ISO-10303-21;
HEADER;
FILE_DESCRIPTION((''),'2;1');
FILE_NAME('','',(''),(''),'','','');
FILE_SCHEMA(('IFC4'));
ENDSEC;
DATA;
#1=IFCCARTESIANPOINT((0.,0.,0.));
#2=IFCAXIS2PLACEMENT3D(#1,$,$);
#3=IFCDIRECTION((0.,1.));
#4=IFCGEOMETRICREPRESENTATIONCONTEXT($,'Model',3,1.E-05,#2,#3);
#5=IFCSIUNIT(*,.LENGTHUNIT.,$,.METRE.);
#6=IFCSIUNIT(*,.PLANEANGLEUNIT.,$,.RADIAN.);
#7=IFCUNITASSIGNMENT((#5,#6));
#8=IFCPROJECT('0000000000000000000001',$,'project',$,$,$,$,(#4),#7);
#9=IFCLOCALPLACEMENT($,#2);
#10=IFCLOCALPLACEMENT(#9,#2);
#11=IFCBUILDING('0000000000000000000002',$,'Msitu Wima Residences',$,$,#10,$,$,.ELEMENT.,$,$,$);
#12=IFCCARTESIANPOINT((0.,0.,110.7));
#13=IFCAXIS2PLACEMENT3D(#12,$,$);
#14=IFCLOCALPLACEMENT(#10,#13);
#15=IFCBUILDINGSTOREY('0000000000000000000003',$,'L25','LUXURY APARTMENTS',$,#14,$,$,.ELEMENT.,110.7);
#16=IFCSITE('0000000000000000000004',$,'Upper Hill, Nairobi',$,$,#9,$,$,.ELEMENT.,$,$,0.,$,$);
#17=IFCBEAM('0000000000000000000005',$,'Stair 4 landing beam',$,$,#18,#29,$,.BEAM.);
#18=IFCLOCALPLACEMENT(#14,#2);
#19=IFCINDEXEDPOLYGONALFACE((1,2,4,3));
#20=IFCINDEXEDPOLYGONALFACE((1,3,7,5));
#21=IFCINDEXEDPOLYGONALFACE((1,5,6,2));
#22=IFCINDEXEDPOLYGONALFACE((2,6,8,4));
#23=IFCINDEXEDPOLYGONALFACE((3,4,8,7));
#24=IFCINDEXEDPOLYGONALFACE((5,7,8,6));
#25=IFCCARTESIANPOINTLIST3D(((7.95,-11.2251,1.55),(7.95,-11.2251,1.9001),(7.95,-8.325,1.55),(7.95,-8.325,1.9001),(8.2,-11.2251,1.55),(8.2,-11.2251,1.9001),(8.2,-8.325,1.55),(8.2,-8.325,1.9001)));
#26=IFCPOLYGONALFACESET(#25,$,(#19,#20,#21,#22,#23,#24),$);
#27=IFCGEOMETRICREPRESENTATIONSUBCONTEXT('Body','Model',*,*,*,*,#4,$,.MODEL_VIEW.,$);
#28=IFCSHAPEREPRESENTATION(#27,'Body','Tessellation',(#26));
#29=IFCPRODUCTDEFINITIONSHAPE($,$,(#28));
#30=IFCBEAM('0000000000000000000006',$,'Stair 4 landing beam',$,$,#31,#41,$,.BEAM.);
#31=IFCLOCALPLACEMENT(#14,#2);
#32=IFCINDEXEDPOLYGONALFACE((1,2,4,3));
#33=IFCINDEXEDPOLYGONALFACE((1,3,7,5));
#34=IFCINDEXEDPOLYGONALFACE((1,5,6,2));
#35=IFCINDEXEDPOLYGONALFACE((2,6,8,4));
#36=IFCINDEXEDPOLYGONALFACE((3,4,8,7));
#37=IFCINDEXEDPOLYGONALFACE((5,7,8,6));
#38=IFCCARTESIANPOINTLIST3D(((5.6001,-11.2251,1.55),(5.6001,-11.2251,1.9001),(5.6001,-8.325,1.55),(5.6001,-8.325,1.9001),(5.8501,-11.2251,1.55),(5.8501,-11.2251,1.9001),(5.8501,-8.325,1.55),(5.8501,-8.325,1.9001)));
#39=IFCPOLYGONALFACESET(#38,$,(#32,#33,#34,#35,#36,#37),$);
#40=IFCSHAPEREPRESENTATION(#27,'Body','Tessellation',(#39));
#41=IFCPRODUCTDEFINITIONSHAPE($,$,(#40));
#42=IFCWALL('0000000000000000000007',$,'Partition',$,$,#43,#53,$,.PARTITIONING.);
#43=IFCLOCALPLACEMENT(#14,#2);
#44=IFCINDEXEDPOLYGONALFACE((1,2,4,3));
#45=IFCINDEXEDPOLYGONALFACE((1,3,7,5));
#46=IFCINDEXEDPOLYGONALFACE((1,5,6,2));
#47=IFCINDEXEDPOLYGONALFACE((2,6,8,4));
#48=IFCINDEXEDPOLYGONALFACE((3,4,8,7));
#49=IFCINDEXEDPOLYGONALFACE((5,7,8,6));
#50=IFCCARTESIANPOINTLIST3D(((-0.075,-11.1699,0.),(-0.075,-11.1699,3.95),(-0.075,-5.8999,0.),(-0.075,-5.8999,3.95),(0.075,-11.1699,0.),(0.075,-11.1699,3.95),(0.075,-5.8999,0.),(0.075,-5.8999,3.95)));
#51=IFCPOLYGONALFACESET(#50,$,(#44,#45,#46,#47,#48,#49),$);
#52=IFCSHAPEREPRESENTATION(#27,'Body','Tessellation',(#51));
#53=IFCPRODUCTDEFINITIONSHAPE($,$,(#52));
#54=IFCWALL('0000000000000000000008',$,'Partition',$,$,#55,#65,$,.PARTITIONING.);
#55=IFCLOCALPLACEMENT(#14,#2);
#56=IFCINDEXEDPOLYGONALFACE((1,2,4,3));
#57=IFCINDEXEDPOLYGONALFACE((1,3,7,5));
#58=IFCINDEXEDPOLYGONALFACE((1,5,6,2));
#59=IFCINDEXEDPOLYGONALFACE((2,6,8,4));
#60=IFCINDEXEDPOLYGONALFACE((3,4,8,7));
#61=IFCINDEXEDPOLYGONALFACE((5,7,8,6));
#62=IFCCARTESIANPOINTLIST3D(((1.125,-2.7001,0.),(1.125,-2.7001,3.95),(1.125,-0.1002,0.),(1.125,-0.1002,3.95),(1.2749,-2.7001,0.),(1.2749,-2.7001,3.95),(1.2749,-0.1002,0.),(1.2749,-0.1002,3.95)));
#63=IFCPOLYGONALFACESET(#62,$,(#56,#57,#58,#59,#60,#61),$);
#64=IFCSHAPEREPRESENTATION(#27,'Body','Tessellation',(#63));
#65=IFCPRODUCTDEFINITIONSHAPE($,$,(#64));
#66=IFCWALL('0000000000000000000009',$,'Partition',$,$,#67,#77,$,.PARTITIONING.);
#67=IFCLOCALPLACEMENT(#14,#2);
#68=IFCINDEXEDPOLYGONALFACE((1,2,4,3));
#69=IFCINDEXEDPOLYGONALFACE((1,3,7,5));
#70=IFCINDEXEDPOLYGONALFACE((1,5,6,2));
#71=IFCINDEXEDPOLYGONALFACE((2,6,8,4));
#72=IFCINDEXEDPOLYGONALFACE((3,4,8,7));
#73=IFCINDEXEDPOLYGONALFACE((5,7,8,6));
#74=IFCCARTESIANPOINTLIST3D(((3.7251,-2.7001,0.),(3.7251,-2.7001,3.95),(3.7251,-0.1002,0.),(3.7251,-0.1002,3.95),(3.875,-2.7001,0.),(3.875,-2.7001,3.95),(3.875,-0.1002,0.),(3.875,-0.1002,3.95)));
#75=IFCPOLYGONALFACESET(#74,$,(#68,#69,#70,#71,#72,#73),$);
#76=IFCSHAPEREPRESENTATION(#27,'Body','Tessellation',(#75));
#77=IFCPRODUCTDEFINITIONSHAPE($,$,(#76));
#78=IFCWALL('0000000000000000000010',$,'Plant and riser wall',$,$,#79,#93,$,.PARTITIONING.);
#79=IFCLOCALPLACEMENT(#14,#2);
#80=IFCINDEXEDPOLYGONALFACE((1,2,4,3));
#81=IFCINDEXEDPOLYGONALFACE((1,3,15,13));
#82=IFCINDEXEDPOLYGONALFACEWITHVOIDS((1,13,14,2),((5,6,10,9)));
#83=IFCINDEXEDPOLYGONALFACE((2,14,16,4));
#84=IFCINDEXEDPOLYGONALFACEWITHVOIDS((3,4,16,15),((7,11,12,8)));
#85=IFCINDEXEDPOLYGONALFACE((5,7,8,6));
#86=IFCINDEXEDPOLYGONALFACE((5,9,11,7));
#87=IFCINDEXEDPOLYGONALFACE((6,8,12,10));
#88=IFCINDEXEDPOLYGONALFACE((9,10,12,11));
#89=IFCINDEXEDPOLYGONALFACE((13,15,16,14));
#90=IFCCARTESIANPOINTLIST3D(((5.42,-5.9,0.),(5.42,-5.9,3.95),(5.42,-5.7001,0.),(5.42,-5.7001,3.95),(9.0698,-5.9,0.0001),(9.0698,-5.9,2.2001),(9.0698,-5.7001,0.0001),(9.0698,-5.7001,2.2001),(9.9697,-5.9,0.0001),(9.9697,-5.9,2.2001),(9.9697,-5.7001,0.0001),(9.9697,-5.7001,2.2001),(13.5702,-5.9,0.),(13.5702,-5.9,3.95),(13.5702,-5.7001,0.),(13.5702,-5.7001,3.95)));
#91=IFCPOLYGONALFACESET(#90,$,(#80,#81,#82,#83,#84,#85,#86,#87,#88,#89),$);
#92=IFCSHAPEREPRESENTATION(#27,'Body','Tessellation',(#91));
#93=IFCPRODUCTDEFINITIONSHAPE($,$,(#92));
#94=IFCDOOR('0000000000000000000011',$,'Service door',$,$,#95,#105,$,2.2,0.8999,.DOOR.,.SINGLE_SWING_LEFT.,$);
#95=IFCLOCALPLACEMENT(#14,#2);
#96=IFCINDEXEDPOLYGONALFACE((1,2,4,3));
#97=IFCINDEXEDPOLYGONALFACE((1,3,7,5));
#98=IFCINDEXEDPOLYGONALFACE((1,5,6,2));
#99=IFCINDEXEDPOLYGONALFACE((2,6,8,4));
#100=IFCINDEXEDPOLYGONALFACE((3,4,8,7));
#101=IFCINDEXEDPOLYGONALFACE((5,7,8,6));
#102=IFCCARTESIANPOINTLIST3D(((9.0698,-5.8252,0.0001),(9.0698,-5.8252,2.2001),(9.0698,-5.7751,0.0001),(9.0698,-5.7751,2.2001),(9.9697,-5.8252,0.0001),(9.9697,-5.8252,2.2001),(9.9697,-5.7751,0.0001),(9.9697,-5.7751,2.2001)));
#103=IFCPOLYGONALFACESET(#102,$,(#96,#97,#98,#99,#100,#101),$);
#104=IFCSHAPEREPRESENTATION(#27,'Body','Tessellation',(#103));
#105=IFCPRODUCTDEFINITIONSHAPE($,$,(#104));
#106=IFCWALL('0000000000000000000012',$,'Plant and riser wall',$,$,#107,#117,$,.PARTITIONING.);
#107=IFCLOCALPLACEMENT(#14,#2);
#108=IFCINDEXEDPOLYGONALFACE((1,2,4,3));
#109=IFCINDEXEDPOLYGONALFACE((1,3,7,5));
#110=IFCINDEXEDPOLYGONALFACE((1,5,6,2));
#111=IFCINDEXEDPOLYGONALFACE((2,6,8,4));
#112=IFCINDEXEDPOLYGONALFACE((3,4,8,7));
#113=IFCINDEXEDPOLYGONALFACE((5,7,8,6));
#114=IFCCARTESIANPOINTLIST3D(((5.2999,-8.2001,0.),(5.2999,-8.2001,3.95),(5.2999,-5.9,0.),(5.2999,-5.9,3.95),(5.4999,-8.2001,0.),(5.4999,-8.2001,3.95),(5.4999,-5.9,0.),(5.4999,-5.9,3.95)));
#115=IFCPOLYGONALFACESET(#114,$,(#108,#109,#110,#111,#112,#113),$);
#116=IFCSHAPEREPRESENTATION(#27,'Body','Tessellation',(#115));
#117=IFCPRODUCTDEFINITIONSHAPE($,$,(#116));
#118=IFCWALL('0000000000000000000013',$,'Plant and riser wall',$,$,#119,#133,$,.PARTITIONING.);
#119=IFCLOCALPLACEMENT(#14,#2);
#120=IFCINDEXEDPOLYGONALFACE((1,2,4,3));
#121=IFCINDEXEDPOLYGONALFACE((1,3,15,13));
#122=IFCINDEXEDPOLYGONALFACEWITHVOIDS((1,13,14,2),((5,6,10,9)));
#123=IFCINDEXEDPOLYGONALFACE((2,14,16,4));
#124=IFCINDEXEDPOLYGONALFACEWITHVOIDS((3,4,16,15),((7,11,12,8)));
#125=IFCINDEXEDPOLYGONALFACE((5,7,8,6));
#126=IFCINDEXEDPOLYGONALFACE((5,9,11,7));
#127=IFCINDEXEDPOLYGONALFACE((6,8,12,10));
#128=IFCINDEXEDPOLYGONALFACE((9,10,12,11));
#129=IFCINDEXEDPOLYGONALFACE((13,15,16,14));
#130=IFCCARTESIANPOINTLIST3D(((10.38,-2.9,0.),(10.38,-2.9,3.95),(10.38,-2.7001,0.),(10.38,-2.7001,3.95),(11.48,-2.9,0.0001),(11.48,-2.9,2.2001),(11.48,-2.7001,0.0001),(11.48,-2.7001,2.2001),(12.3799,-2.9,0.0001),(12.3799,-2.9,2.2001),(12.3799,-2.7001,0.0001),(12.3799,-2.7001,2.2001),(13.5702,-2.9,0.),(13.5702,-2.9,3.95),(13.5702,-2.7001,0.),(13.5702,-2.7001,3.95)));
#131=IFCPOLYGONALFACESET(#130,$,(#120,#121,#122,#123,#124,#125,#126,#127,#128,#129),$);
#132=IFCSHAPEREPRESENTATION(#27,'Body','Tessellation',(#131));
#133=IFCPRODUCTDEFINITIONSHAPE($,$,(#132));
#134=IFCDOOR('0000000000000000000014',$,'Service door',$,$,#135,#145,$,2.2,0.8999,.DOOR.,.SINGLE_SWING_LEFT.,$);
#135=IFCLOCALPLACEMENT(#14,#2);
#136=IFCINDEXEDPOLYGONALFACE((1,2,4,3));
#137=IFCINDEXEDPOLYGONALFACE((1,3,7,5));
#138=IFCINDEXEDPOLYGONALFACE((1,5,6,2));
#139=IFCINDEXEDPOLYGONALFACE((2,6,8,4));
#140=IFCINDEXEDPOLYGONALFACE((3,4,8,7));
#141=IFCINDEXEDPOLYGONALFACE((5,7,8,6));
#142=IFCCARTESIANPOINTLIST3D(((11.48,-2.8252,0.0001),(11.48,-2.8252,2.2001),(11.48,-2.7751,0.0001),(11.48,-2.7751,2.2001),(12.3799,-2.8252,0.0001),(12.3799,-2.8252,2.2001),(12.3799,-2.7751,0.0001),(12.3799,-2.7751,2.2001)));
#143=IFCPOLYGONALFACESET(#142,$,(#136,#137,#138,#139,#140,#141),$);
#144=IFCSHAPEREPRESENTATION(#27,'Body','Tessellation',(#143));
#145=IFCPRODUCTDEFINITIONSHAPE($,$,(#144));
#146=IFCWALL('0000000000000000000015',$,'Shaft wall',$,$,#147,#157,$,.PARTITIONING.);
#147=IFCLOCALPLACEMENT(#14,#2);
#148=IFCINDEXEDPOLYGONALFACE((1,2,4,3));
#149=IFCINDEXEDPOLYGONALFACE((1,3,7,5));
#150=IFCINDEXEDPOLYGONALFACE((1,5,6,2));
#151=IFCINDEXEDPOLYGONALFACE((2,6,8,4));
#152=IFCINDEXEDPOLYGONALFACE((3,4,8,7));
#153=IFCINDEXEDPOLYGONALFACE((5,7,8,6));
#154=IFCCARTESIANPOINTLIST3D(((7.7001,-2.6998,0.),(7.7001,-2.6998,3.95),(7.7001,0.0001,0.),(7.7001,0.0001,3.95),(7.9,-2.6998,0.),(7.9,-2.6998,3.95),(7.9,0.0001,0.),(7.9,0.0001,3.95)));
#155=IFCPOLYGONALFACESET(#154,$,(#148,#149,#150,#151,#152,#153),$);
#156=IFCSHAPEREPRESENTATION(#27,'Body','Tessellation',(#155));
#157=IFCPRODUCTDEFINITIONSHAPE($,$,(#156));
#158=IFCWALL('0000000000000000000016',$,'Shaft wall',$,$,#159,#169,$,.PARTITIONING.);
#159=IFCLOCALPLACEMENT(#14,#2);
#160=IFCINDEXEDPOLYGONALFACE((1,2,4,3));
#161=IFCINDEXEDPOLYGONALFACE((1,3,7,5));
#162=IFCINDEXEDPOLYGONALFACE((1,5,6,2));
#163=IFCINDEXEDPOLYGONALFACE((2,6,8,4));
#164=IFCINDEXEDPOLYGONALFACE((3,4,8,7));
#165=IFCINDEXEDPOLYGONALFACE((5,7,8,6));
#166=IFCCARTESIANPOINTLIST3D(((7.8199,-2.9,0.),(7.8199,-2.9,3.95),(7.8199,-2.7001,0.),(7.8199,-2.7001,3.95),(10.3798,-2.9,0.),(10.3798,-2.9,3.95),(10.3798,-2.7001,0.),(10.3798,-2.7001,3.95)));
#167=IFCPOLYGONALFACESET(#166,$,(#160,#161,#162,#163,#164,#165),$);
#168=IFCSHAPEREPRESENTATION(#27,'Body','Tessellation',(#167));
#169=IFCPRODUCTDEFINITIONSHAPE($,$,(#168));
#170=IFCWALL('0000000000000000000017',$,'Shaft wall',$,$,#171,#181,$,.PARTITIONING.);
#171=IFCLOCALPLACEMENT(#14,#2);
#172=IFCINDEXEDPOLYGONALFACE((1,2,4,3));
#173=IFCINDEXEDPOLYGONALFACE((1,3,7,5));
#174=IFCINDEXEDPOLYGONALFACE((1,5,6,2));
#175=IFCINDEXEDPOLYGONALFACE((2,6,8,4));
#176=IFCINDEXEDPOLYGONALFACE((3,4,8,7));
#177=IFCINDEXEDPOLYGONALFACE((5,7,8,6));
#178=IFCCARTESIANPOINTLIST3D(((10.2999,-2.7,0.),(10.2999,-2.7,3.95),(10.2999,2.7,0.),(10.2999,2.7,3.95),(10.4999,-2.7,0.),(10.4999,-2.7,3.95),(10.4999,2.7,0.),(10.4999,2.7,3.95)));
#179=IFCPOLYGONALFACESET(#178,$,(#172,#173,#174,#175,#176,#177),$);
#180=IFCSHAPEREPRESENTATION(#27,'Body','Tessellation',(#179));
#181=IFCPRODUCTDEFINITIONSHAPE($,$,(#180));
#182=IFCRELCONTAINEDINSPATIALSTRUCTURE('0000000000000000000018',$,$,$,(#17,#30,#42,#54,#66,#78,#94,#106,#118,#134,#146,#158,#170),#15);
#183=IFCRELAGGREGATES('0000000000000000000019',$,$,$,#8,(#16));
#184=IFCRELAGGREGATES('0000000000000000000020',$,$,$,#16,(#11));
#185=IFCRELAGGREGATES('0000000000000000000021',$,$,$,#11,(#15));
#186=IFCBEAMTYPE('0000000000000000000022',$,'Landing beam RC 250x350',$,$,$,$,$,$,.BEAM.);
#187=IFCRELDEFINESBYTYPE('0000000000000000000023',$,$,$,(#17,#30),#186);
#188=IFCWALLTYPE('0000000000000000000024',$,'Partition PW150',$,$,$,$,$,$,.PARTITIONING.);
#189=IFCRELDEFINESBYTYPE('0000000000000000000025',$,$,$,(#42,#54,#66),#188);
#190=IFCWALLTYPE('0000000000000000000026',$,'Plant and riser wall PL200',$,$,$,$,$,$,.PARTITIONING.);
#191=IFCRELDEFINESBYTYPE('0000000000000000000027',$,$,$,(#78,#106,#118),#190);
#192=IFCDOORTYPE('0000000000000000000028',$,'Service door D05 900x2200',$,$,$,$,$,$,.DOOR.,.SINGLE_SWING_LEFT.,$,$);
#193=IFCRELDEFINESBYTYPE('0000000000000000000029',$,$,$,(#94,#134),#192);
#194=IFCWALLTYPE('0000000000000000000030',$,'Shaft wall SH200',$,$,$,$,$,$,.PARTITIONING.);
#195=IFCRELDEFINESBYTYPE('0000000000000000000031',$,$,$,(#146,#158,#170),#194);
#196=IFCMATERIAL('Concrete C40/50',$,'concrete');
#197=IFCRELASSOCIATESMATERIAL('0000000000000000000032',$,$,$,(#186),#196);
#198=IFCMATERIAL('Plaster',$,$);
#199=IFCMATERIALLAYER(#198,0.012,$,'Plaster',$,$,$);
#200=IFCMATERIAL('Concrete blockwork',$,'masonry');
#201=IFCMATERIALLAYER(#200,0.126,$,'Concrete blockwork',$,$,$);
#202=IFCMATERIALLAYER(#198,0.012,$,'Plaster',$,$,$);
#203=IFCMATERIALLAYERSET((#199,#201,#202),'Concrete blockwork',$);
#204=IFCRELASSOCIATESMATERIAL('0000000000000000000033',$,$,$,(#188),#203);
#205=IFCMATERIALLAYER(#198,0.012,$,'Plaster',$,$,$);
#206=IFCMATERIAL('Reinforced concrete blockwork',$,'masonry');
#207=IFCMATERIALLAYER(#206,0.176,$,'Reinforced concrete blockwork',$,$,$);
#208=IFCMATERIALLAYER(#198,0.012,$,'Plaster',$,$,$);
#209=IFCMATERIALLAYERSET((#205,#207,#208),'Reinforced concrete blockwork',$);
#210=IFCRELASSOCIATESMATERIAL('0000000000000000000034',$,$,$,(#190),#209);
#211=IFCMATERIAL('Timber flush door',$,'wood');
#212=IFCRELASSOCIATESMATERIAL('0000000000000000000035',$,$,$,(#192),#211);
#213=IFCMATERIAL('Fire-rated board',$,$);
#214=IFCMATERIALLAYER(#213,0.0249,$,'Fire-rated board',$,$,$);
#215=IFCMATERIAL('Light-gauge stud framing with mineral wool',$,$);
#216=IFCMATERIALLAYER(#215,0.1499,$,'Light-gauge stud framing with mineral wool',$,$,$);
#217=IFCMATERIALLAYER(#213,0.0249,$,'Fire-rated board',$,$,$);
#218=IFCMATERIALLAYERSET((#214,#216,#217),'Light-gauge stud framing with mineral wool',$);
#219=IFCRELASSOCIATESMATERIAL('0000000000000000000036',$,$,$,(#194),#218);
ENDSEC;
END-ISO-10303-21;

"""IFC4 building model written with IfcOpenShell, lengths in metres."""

from ifc_helpers import new_model, si_unit, direction, frame, frame_2d, origin, origin_2d, place, context, subcontext, project, spatial, rectangle, extrude, material, layer, layer_set, material_profile, profile_set, type_object, element, fill, save


model = new_model("IFC4")

# Units and contexts
model_context = context("Model", 3, precision=1e-05, world=origin(), true_north=direction((0.0, 1.0)))
body_context = subcontext(model_context, "Body", "Model", "MODEL_VIEW")
ifc_project = project(units=[si_unit("LENGTHUNIT", "METRE"), si_unit("PLANEANGLEUNIT", "RADIAN")], contexts=[model_context])

# Site, building, storey
site_placement = place(None, origin())
site = spatial("IfcSite", under=ifc_project, at=site_placement, Name="Upper Hill, Nairobi", CompositionType="ELEMENT", RefElevation=0.0)
building_placement = place(site_placement, origin())
building = spatial("IfcBuilding", under=site, at=building_placement, Name="Msitu Wima Residences", CompositionType="ELEMENT")
storey_placement = place(building_placement, frame((0.0, 0.0, 110.7)))
storey = spatial("IfcBuildingStorey", under=building, at=storey_placement, Name="L25", Description="LUXURY APARTMENTS", CompositionType="ELEMENT", Elevation=110.7)

# Beams
ifc_material_1 = material(Name="Concrete C40/50", Category="concrete")
ifc_material_profile = material_profile(ifc_material_1, rectangle(XDim=0.25, YDim=0.3501, at=origin_2d()), Name="RC 250x350")
ifc_profile_set = profile_set([ifc_material_profile], Name="Concrete C40/50")
beam_type = type_object("IfcBeamType", Name="Landing beam RC 250x350", PredefinedType="BEAM", material=ifc_profile_set)
for number, where, z_axis, x_axis, name in (
    (1, (8.075, -11.2251, 1.7251), (0.0, 1.0, 0.0), (-1.0, 0.0, 0.0), "Stair 4 landing beam"),
    (2, (5.7251, -11.2251, 1.7251), (0.0, 1.0, 0.0), (-1.0, 0.0, 0.0), "Stair 4 landing beam"),
):
    element("IfcBeam", number, at=place(storey_placement, frame(where, z_axis=z_axis, x_axis=x_axis)), inside=storey, type_object=beam_type, Name=name, PredefinedType="BEAM", context=body_context, shape_type="SweptSolid", body=[
        extrude(rectangle(XDim=0.25, YDim=0.3501, at=origin_2d()), origin(), (0.0, 0.0, 1.0), 2.9001),
    ])

# Walls
ifc_material_2 = material(Name="Plaster")
ifc_layer_1 = layer(ifc_material_2, 0.012, Name="Plaster")
ifc_material_3 = material(Name="Concrete blockwork", Category="masonry")
ifc_layer_2 = layer(ifc_material_3, 0.126, Name="Concrete blockwork")
ifc_layer_3 = layer(ifc_material_2, 0.012, Name="Plaster")
ifc_layer_set_1 = layer_set([ifc_layer_1, ifc_layer_2, ifc_layer_3], Name="Concrete blockwork")
wall_type_1 = type_object("IfcWallType", Name="Partition PW150", PredefinedType="PARTITIONING", material=ifc_layer_set_1)
wall_1_placement = place(storey_placement, frame((0.0, -11.1699, 0.0), z_axis=(0.0, 0.0, 1.0), x_axis=(0.0, 1.0, 0.0)))
element("IfcWall", 3, at=wall_1_placement, inside=storey, type_object=wall_type_1, Name="Partition", PredefinedType="PARTITIONING", context=body_context, shape_type="SweptSolid", body=[
    extrude(rectangle(XDim=5.27, YDim=0.1499, at=frame_2d((2.635, 0.0))), origin(), (0.0, 0.0, 1.0), 3.95),
])
for number, where, z_axis, x_axis, name in (
    (4, (1.2, -2.7, 0.0), (0.0, 0.0, 1.0), (0.0, 1.0, 0.0), "Partition"),
    (5, (3.8, -2.7, 0.0), (0.0, 0.0, 1.0), (0.0, 1.0, 0.0), "Partition"),
):
    element("IfcWall", number, at=place(storey_placement, frame(where, z_axis=z_axis, x_axis=x_axis)), inside=storey, type_object=wall_type_1, Name=name, PredefinedType="PARTITIONING", context=body_context, shape_type="SweptSolid", body=[
        extrude(rectangle(XDim=2.5999, YDim=0.1499, at=frame_2d((1.2998, 0.0))), origin(), (0.0, 0.0, 1.0), 3.95),
    ])

# Wall, opening, door
ifc_layer_4 = layer(ifc_material_2, 0.012, Name="Plaster")
ifc_material_4 = material(Name="Reinforced concrete blockwork", Category="masonry")
ifc_layer_5 = layer(ifc_material_4, 0.176, Name="Reinforced concrete blockwork")
ifc_layer_6 = layer(ifc_material_2, 0.012, Name="Plaster")
ifc_layer_set_2 = layer_set([ifc_layer_4, ifc_layer_5, ifc_layer_6], Name="Reinforced concrete blockwork")
wall_type_2 = type_object("IfcWallType", Name="Plant and riser wall PL200", PredefinedType="PARTITIONING", material=ifc_layer_set_2)
wall_2_placement = place(storey_placement, frame((5.4199, -5.8, 0.0), z_axis=(0.0, 0.0, 1.0), x_axis=(1.0, 0.0, 0.0)))
wall_2 = element("IfcWall", 6, at=wall_2_placement, inside=storey, type_object=wall_type_2, Name="Plant and riser wall", PredefinedType="PARTITIONING", context=body_context, shape_type="SweptSolid", body=[
    extrude(rectangle(XDim=8.1501, YDim=0.2, at=frame_2d((4.0752, 0.0))), origin(), (0.0, 0.0, 1.0), 3.95),
])
opening_1_placement = place(wall_2_placement, frame((3.6499, 0.0, 0.0)))
opening_1 = element("IfcOpeningElement", 7, at=opening_1_placement, cuts=wall_2, PredefinedType="OPENING", context=body_context, shape_type="SweptSolid", body=[
    extrude(rectangle(XDim=0.8999, YDim=2.2, at=frame_2d((0.45, 1.1001))), frame((0.0, 0.1099, 0.0), z_axis=(0.0, -1.0, 0.0), x_axis=(1.0, 0.0, 0.0)), (0.0, 0.0, 1.0), 0.22),
])
ifc_material_5 = material(Name="Timber flush door", Category="wood")
door_type = type_object("IfcDoorType", Name="Service door D05 900x2200", OperationType="SINGLE_SWING_LEFT", PredefinedType="DOOR", material=ifc_material_5)
door_1_placement = place(opening_1_placement, origin())
door_1 = element("IfcDoor", 8, at=door_1_placement, inside=storey, type_object=door_type, Name="Service door", OperationType="SINGLE_SWING_LEFT", OverallHeight=2.2, OverallWidth=0.8999, PredefinedType="DOOR", context=body_context, shape_type="SweptSolid", body=[
    extrude(rectangle(XDim=0.8999, YDim=2.2, at=frame_2d((0.45, 1.1001))), frame((0.0, 0.0249, 0.0), z_axis=(0.0, -1.0, 0.0), x_axis=(1.0, 0.0, 0.0)), (0.0, 0.0, 1.0), 0.05),
])
fill(opening_1, door_1)

# Wall
wall_3_placement = place(storey_placement, frame((5.3999, -8.2, 0.0), z_axis=(0.0, 0.0, 1.0), x_axis=(0.0, 1.0, 0.0)))
element("IfcWall", 9, at=wall_3_placement, inside=storey, type_object=wall_type_2, Name="Plant and riser wall", PredefinedType="PARTITIONING", context=body_context, shape_type="SweptSolid", body=[
    extrude(rectangle(XDim=2.3, YDim=0.2, at=frame_2d((1.1499, 0.0))), origin(), (0.0, 0.0, 1.0), 3.95),
])

# Wall, opening, door
wall_4_placement = place(storey_placement, frame((10.3799, -2.8, 0.0), z_axis=(0.0, 0.0, 1.0), x_axis=(1.0, 0.0, 0.0)))
wall_4 = element("IfcWall", 10, at=wall_4_placement, inside=storey, type_object=wall_type_2, Name="Plant and riser wall", PredefinedType="PARTITIONING", context=body_context, shape_type="SweptSolid", body=[
    extrude(rectangle(XDim=3.1902, YDim=0.2, at=frame_2d((1.5952, 0.0))), origin(), (0.0, 0.0, 1.0), 3.95),
])
opening_2_placement = place(wall_4_placement, frame((1.1001, 0.0, 0.0)))
opening_2 = element("IfcOpeningElement", 11, at=opening_2_placement, cuts=wall_4, PredefinedType="OPENING", context=body_context, shape_type="SweptSolid", body=[
    extrude(rectangle(XDim=0.8999, YDim=2.2, at=frame_2d((0.45, 1.1001))), frame((0.0, 0.1099, 0.0), z_axis=(0.0, -1.0, 0.0), x_axis=(1.0, 0.0, 0.0)), (0.0, 0.0, 1.0), 0.22),
])
door_2_placement = place(opening_2_placement, origin())
door_2 = element("IfcDoor", 12, at=door_2_placement, inside=storey, type_object=door_type, Name="Service door", OperationType="SINGLE_SWING_LEFT", OverallHeight=2.2, OverallWidth=0.8999, PredefinedType="DOOR", context=body_context, shape_type="SweptSolid", body=[
    extrude(rectangle(XDim=0.8999, YDim=2.2, at=frame_2d((0.45, 1.1001))), frame((0.0, 0.0249, 0.0), z_axis=(0.0, -1.0, 0.0), x_axis=(1.0, 0.0, 0.0)), (0.0, 0.0, 1.0), 0.05),
])
fill(opening_2, door_2)

# Walls
ifc_material_6 = material(Name="Fire-rated board")
ifc_layer_7 = layer(ifc_material_6, 0.0249, Name="Fire-rated board")
ifc_material_7 = material(Name="Light-gauge stud framing with mineral wool")
ifc_layer_8 = layer(ifc_material_7, 0.1499, Name="Light-gauge stud framing with mineral wool")
ifc_layer_9 = layer(ifc_material_6, 0.0249, Name="Fire-rated board")
ifc_layer_set_3 = layer_set([ifc_layer_7, ifc_layer_8, ifc_layer_9], Name="Light-gauge stud framing with mineral wool")
wall_type_3 = type_object("IfcWallType", Name="Shaft wall SH200", PredefinedType="PARTITIONING", material=ifc_layer_set_3)
wall_5_placement = place(storey_placement, frame((7.8, -2.7, 0.0), z_axis=(0.0, 0.0, 1.0), x_axis=(0.0, 1.0, 0.0)))
element("IfcWall", 13, at=wall_5_placement, inside=storey, type_object=wall_type_3, Name="Shaft wall", PredefinedType="PARTITIONING", context=body_context, shape_type="SweptSolid", body=[
    extrude(rectangle(XDim=2.7, YDim=0.2, at=frame_2d((1.3501, 0.0))), origin(), (0.0, 0.0, 1.0), 3.95),
])
wall_6_placement = place(storey_placement, frame((7.8201, -2.8, 0.0), z_axis=(0.0, 0.0, 1.0), x_axis=(1.0, 0.0, 0.0)))
element("IfcWall", 14, at=wall_6_placement, inside=storey, type_object=wall_type_3, Name="Shaft wall", PredefinedType="PARTITIONING", context=body_context, shape_type="SweptSolid", body=[
    extrude(rectangle(XDim=2.5598, YDim=0.2, at=frame_2d((1.2798, 0.0))), origin(), (0.0, 0.0, 1.0), 3.95),
])
wall_7_placement = place(storey_placement, frame((10.3999, -2.7, 0.0), z_axis=(0.0, 0.0, 1.0), x_axis=(0.0, 1.0, 0.0)))
element("IfcWall", 15, at=wall_7_placement, inside=storey, type_object=wall_type_3, Name="Shaft wall", PredefinedType="PARTITIONING", context=body_context, shape_type="SweptSolid", body=[
    extrude(rectangle(XDim=5.3999, YDim=0.2, at=frame_2d((2.7, 0.0))), origin(), (0.0, 0.0, 1.0), 3.95),
])

save(model, "model.ifc")
